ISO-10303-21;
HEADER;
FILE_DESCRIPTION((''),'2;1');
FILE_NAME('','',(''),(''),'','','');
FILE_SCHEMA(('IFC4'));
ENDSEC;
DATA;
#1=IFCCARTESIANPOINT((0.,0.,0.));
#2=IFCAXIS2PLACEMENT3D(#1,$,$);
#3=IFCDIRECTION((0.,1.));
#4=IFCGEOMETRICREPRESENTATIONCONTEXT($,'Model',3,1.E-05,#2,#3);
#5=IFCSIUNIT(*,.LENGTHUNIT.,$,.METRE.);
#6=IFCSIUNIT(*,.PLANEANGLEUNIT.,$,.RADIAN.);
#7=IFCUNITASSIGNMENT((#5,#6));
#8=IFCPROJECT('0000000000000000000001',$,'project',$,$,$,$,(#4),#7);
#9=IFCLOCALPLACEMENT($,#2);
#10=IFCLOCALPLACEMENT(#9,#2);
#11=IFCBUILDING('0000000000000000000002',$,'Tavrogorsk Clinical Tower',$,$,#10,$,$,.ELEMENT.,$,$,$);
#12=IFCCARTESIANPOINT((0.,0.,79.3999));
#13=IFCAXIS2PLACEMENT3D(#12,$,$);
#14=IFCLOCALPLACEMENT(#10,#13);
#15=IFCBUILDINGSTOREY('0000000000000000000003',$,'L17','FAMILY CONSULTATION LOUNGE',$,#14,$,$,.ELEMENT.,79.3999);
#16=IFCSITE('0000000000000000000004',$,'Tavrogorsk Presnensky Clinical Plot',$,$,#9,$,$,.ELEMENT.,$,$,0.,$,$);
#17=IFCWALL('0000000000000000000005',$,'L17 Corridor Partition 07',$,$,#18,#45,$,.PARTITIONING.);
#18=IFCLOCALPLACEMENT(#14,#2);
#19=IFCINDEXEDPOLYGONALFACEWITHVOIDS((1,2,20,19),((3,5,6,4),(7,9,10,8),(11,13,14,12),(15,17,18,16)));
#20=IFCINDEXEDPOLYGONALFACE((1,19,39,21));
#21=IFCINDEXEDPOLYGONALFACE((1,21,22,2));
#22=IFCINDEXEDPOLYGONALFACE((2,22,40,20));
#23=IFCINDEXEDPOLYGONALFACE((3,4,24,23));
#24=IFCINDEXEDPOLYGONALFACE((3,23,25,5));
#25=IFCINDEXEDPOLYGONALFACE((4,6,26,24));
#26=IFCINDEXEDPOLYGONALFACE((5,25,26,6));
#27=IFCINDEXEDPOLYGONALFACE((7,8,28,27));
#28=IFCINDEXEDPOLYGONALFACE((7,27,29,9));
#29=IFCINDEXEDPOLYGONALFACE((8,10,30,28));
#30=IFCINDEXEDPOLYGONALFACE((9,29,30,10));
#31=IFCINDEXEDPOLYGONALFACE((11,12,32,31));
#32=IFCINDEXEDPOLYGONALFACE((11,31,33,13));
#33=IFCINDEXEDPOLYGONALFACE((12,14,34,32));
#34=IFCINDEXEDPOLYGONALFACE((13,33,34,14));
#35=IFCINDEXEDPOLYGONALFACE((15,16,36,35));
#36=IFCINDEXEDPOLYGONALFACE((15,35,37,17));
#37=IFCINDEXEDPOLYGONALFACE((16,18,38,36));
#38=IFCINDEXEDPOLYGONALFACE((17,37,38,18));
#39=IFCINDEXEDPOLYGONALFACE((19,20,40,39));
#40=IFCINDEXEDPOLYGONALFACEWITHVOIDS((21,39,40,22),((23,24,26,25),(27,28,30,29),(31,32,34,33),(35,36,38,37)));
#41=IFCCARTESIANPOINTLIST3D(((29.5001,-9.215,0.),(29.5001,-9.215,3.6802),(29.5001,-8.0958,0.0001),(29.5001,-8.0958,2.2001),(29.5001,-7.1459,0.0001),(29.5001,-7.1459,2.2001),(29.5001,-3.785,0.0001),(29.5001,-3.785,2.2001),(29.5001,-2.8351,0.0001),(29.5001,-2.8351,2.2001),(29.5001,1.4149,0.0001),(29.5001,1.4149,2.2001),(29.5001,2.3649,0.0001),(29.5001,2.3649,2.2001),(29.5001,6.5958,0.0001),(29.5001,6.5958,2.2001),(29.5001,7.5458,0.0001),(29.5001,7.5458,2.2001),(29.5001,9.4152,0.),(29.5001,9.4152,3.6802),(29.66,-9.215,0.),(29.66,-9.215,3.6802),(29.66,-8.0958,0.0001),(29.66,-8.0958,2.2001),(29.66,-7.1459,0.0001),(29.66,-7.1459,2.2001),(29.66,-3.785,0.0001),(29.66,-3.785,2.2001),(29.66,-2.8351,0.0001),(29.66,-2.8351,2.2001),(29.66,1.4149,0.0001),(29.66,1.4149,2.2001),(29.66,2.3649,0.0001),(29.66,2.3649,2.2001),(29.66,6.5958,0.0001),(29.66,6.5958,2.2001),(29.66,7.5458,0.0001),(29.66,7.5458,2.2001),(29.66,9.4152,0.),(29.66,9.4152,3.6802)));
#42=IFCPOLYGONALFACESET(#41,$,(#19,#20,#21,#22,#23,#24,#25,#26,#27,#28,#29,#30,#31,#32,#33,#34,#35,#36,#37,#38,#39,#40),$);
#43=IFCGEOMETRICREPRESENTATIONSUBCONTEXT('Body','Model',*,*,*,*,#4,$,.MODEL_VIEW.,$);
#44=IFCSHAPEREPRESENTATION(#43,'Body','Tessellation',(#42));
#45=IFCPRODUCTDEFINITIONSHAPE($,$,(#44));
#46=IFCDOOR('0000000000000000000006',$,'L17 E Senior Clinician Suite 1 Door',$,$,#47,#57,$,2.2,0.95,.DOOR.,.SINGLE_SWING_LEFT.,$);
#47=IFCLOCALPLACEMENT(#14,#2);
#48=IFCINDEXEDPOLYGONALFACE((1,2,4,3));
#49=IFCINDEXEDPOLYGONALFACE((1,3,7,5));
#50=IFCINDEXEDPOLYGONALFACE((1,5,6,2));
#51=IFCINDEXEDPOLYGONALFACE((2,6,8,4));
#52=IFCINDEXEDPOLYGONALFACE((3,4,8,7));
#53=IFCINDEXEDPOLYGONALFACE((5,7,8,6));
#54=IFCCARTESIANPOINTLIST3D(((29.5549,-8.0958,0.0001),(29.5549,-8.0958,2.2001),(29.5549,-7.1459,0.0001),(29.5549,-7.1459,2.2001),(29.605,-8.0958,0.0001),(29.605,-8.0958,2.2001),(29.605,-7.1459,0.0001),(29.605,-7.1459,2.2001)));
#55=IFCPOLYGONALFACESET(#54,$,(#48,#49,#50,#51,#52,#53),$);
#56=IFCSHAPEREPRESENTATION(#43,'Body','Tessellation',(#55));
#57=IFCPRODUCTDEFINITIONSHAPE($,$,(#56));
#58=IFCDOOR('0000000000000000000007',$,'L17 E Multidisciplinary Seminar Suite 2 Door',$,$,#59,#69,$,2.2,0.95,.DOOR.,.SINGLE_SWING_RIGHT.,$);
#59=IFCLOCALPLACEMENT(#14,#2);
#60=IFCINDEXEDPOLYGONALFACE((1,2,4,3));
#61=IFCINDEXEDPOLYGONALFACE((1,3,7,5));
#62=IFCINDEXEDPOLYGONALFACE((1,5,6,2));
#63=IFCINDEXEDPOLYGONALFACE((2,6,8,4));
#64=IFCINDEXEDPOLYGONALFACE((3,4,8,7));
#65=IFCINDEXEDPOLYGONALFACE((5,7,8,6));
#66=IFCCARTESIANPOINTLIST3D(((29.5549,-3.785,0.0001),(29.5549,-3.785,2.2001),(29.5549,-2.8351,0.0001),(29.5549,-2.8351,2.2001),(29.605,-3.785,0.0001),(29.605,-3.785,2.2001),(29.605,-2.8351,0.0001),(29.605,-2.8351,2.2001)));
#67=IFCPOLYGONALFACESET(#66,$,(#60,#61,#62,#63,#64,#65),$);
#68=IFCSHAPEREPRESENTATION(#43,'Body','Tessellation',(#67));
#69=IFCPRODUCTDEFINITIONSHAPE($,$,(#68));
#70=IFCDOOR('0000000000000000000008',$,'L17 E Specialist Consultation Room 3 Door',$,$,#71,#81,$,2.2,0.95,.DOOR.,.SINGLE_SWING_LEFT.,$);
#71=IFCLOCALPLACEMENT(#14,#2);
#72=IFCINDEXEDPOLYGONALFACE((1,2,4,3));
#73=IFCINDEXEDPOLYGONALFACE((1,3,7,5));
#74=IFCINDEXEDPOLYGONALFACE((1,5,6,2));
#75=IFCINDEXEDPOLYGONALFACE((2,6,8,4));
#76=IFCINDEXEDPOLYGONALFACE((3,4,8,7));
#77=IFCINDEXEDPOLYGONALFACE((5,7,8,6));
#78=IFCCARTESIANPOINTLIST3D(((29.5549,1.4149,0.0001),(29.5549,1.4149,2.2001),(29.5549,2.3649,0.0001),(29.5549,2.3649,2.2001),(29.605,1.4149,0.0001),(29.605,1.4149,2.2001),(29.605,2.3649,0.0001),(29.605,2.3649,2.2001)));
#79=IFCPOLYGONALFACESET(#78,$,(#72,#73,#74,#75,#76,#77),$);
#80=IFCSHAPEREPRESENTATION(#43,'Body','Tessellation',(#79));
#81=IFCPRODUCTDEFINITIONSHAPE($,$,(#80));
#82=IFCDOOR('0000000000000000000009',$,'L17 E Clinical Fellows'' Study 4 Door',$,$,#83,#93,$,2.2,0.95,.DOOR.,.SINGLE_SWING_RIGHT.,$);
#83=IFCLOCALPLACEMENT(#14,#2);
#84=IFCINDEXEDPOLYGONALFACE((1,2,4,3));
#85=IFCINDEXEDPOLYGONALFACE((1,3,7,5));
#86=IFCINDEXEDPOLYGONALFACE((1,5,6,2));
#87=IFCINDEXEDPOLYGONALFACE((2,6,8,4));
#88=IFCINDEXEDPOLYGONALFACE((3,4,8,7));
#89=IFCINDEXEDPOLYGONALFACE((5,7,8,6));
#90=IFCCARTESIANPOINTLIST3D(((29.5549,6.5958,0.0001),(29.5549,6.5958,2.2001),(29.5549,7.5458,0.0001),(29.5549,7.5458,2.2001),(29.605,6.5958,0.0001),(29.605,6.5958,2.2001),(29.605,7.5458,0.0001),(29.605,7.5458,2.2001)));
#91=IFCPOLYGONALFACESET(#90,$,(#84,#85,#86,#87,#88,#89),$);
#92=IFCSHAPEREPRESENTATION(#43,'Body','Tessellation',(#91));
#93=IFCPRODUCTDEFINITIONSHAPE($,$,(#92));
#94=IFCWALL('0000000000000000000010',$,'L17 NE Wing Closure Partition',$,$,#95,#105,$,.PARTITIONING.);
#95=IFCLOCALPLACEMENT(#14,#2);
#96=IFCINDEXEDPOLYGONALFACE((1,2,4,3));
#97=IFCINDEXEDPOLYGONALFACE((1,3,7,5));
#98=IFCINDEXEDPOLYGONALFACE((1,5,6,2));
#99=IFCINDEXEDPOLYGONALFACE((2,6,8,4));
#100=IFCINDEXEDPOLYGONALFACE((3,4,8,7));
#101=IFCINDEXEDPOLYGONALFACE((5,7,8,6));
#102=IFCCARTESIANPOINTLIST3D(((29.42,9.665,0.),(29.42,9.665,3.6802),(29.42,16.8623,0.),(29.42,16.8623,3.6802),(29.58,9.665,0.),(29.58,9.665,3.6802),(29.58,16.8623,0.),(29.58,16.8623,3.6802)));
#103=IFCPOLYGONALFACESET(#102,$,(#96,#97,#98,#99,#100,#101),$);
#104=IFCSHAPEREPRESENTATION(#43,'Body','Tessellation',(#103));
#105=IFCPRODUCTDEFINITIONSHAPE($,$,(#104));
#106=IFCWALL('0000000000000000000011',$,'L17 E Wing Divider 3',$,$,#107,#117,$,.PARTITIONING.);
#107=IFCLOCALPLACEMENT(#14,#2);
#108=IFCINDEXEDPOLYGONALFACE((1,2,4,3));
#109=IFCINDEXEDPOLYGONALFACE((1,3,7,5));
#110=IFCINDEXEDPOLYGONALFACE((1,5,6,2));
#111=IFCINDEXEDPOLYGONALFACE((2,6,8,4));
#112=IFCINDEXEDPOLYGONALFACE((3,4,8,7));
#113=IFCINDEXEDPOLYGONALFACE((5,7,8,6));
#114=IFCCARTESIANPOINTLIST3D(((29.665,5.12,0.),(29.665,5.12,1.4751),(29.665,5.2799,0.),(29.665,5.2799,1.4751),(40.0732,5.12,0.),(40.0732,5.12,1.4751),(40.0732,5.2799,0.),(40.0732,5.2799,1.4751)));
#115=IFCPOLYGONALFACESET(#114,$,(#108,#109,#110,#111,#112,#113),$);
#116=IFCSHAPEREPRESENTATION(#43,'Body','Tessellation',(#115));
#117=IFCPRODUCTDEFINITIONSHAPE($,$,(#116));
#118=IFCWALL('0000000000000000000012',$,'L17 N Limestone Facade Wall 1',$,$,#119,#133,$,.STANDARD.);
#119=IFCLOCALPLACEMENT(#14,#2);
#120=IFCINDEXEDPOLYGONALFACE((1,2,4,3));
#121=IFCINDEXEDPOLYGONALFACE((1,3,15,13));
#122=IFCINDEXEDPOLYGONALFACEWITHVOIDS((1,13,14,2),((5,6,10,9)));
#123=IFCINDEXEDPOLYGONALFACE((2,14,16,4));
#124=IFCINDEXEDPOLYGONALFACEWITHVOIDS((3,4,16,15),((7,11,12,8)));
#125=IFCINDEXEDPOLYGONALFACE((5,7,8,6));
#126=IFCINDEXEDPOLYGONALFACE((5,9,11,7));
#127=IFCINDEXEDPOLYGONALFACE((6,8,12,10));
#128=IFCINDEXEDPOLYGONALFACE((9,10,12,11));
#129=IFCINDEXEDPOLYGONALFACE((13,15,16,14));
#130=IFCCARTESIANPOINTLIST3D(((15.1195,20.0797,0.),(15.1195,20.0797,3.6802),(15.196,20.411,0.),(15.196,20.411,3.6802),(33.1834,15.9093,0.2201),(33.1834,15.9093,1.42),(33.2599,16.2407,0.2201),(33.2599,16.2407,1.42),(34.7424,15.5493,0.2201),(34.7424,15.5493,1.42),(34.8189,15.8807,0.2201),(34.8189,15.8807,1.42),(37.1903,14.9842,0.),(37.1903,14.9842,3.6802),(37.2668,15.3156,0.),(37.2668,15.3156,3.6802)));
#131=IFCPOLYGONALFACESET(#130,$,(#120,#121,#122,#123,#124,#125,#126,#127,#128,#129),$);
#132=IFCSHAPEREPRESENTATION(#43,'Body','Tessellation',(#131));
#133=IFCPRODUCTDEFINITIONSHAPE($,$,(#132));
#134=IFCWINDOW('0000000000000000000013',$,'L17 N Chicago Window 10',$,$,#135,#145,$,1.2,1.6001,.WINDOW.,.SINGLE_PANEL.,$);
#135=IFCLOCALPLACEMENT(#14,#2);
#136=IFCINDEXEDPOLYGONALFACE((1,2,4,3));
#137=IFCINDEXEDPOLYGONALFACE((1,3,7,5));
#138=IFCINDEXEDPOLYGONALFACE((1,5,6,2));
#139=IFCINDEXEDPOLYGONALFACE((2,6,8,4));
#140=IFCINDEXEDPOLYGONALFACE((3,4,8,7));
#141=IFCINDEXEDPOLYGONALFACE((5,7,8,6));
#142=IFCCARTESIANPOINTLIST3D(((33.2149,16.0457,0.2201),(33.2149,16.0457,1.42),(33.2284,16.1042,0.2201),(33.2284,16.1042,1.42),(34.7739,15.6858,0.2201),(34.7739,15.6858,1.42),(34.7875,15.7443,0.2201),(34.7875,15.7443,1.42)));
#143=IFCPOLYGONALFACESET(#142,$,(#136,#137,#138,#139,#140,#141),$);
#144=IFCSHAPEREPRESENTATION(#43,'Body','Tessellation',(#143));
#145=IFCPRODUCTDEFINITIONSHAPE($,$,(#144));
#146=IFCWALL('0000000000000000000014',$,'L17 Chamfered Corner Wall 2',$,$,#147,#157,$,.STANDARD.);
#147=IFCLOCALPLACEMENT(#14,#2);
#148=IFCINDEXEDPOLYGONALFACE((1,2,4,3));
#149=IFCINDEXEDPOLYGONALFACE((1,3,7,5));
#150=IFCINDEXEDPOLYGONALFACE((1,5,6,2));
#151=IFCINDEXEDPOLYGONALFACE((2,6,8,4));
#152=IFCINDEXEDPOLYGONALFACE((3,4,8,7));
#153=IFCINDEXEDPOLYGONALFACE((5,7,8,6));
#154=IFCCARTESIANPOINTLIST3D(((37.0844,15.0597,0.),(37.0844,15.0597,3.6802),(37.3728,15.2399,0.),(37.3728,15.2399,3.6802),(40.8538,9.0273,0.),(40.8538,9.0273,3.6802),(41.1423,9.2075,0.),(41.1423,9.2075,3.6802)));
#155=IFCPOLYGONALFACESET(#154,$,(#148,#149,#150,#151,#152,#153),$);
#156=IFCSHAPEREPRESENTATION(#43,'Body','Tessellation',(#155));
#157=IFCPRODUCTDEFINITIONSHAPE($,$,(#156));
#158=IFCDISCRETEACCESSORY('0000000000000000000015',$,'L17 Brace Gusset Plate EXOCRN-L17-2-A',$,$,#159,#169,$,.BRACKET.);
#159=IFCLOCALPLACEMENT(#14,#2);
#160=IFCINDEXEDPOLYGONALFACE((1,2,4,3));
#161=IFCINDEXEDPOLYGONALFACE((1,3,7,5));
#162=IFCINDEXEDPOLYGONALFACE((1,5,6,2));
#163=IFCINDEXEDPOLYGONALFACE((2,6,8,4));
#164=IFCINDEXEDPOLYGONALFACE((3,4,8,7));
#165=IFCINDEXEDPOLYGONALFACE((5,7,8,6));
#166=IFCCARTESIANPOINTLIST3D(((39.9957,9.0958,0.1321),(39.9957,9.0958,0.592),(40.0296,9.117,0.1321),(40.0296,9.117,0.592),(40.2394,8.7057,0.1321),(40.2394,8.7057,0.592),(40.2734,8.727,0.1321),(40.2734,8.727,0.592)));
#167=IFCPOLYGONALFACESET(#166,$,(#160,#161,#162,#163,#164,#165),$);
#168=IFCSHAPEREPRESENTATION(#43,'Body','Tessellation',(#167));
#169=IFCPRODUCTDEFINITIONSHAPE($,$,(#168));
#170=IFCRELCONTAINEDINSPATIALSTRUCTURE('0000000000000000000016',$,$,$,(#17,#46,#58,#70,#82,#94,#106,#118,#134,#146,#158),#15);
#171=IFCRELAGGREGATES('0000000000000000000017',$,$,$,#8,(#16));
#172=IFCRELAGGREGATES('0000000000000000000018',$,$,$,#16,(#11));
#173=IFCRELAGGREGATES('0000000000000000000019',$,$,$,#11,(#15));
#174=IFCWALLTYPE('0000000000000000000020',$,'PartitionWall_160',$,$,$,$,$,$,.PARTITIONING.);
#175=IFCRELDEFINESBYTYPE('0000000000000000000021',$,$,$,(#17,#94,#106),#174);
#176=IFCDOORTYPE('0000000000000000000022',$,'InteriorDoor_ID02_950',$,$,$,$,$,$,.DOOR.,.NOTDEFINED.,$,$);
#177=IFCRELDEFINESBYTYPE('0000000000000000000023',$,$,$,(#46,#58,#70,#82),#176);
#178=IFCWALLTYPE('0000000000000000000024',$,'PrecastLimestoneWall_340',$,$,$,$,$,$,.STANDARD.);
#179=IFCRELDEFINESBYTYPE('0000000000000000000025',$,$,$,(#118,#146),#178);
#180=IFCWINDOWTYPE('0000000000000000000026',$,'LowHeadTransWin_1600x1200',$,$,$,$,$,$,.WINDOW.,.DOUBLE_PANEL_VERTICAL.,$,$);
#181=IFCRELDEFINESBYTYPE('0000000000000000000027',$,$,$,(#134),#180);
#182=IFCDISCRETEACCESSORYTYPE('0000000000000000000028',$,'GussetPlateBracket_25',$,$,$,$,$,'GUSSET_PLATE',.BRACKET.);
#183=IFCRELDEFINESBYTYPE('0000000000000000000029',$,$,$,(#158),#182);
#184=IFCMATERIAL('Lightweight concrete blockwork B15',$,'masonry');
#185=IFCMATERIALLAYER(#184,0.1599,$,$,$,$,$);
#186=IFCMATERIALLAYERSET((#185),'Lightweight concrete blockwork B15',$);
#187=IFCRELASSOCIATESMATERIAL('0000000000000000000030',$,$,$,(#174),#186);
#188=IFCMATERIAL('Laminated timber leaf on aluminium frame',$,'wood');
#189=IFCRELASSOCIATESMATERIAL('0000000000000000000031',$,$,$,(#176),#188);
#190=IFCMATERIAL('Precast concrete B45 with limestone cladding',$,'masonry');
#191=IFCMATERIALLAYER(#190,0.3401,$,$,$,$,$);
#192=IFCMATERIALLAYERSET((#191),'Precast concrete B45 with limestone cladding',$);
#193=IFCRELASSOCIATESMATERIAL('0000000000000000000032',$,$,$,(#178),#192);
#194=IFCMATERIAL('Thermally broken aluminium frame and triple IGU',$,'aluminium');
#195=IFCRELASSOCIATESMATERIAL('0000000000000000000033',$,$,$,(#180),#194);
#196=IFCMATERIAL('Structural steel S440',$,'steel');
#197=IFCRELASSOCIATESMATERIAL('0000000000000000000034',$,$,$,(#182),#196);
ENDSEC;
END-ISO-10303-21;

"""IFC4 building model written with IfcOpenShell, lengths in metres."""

from ifc_helpers import new_model, si_unit, direction, frame, frame_2d, origin, origin_2d, place, context, subcontext, project, spatial, rectangle, extrude, material, layer, layer_set, type_object, element, fill, save


model = new_model("IFC4")

# Units and contexts
model_context = context("Model", 3, precision=1e-05, world=origin(), true_north=direction((0.0, 1.0)))
body_context = subcontext(model_context, "Body", "Model", "MODEL_VIEW")
ifc_project = project(units=[si_unit("LENGTHUNIT", "METRE"), si_unit("PLANEANGLEUNIT", "RADIAN")], contexts=[model_context])

# Site, building, storey
site_placement = place(None, origin())
site = spatial("IfcSite", under=ifc_project, at=site_placement, Name="Tavrogorsk Presnensky Clinical Plot", CompositionType="ELEMENT", RefElevation=0.0)
building_placement = place(site_placement, origin())
building = spatial("IfcBuilding", under=site, at=building_placement, Name="Tavrogorsk Clinical Tower", CompositionType="ELEMENT")
storey_placement = place(building_placement, frame((0.0, 0.0, 79.3999)))
storey = spatial("IfcBuildingStorey", under=building, at=storey_placement, Name="L17", Description="FAMILY CONSULTATION LOUNGE", CompositionType="ELEMENT", Elevation=79.3999)

# Shared definitions
ifc_material_1 = material(Name="Lightweight concrete blockwork B15", Category="masonry")
ifc_layer_1 = layer(ifc_material_1, 0.1599)
ifc_layer_set_1 = layer_set([ifc_layer_1], Name="Lightweight concrete blockwork B15")
wall_type_1 = type_object("IfcWallType", Name="PartitionWall_160", PredefinedType="PARTITIONING", material=ifc_layer_set_1)

# Wall, openings, doors
wall_1_placement = place(storey_placement, frame((29.5801, 9.415, 0.0), z_axis=(0.0, 0.0, 1.0), x_axis=(0.0, -1.0, 0.0)))
wall_1 = element("IfcWall", 1, at=wall_1_placement, inside=storey, type_object=wall_type_1, Name="L17 Corridor Partition 07", PredefinedType="PARTITIONING", context=body_context, shape_type="SweptSolid", body=[
    extrude(rectangle(XDim=18.6301, YDim=0.1599, at=frame_2d((9.3149, 0.0))), origin(), (0.0, 0.0, 1.0), 3.6802),
])
opening_1_placement = place(wall_1_placement, frame((16.5608, 0.0, 0.0)))
opening_1 = element("IfcOpeningElement", 2, at=opening_1_placement, cuts=wall_1, PredefinedType="OPENING", context=body_context, shape_type="SweptSolid", body=[
    extrude(rectangle(XDim=0.95, YDim=2.2, at=frame_2d((0.4751, 1.1001))), frame((0.0, 0.0898, 0.0), z_axis=(0.0, -1.0, 0.0), x_axis=(1.0, 0.0, 0.0)), (0.0, 0.0, 1.0), 0.1799),
])
opening_2_placement = place(wall_1_placement, frame((12.25, 0.0, 0.0)))
opening_2 = element("IfcOpeningElement", 3, at=opening_2_placement, cuts=wall_1, PredefinedType="OPENING", context=body_context, shape_type="SweptSolid", body=[
    extrude(rectangle(XDim=0.95, YDim=2.2, at=frame_2d((0.4751, 1.1001))), frame((0.0, 0.0898, 0.0), z_axis=(0.0, -1.0, 0.0), x_axis=(1.0, 0.0, 0.0)), (0.0, 0.0, 1.0), 0.1799),
])
opening_3_placement = place(wall_1_placement, frame((7.05, 0.0, 0.0)))
opening_3 = element("IfcOpeningElement", 4, at=opening_3_placement, cuts=wall_1, PredefinedType="OPENING", context=body_context, shape_type="SweptSolid", body=[
    extrude(rectangle(XDim=0.95, YDim=2.2, at=frame_2d((0.4751, 1.1001))), frame((0.0, 0.0898, 0.0), z_axis=(0.0, -1.0, 0.0), x_axis=(1.0, 0.0, 0.0)), (0.0, 0.0, 1.0), 0.1799),
])
opening_4_placement = place(wall_1_placement, frame((1.8691, 0.0, 0.0)))
opening_4 = element("IfcOpeningElement", 5, at=opening_4_placement, cuts=wall_1, PredefinedType="OPENING", context=body_context, shape_type="SweptSolid", body=[
    extrude(rectangle(XDim=0.95, YDim=2.2, at=frame_2d((0.4751, 1.1001))), frame((0.0, 0.0898, 0.0), z_axis=(0.0, -1.0, 0.0), x_axis=(1.0, 0.0, 0.0)), (0.0, 0.0, 1.0), 0.1799),
])
ifc_material_2 = material(Name="Laminated timber leaf on aluminium frame", Category="wood")
door_type = type_object("IfcDoorType", Name="InteriorDoor_ID02_950", OperationType="NOTDEFINED", PredefinedType="DOOR", material=ifc_material_2)
door_1_placement = place(opening_1_placement, origin())
door_1 = element("IfcDoor", 6, at=door_1_placement, inside=storey, type_object=door_type, Name="L17 E Senior Clinician Suite 1 Door", OperationType="SINGLE_SWING_LEFT", OverallHeight=2.2, OverallWidth=0.95, PredefinedType="DOOR", context=body_context, shape_type="SweptSolid", body=[
    extrude(rectangle(XDim=0.95, YDim=2.2, at=frame_2d((0.4751, 1.1001))), frame((0.0, 0.0249, 0.0), z_axis=(0.0, -1.0, 0.0), x_axis=(1.0, 0.0, 0.0)), (0.0, 0.0, 1.0), 0.05),
])
fill(opening_1, door_1)
door_2_placement = place(opening_2_placement, origin())
door_2 = element("IfcDoor", 7, at=door_2_placement, inside=storey, type_object=door_type, Name="L17 E Multidisciplinary Seminar Suite 2 Door", OperationType="SINGLE_SWING_RIGHT", OverallHeight=2.2, OverallWidth=0.95, PredefinedType="DOOR", context=body_context, shape_type="SweptSolid", body=[
    extrude(rectangle(XDim=0.95, YDim=2.2, at=frame_2d((0.4751, 1.1001))), frame((0.0, 0.0249, 0.0), z_axis=(0.0, -1.0, 0.0), x_axis=(1.0, 0.0, 0.0)), (0.0, 0.0, 1.0), 0.05),
])
fill(opening_2, door_2)
door_3_placement = place(opening_3_placement, origin())
door_3 = element("IfcDoor", 8, at=door_3_placement, inside=storey, type_object=door_type, Name="L17 E Specialist Consultation Room 3 Door", OperationType="SINGLE_SWING_LEFT", OverallHeight=2.2, OverallWidth=0.95, PredefinedType="DOOR", context=body_context, shape_type="SweptSolid", body=[
    extrude(rectangle(XDim=0.95, YDim=2.2, at=frame_2d((0.4751, 1.1001))), frame((0.0, 0.0249, 0.0), z_axis=(0.0, -1.0, 0.0), x_axis=(1.0, 0.0, 0.0)), (0.0, 0.0, 1.0), 0.05),
])
fill(opening_3, door_3)
door_4_placement = place(opening_4_placement, origin())
door_4 = element("IfcDoor", 9, at=door_4_placement, inside=storey, type_object=door_type, Name="L17 E Clinical Fellows' Study 4 Door", OperationType="SINGLE_SWING_RIGHT", OverallHeight=2.2, OverallWidth=0.95, PredefinedType="DOOR", context=body_context, shape_type="SweptSolid", body=[
    extrude(rectangle(XDim=0.95, YDim=2.2, at=frame_2d((0.4751, 1.1001))), frame((0.0, 0.0249, 0.0), z_axis=(0.0, -1.0, 0.0), x_axis=(1.0, 0.0, 0.0)), (0.0, 0.0, 1.0), 0.05),
])
fill(opening_4, door_4)

# Walls
wall_2_placement = place(storey_placement, frame((29.5, 9.665, 0.0), z_axis=(0.0, 0.0, 1.0), x_axis=(0.0, 1.0, 0.0)))
element("IfcWall", 10, at=wall_2_placement, inside=storey, type_object=wall_type_1, Name="L17 NE Wing Closure Partition", PredefinedType="PARTITIONING", context=body_context, shape_type="SweptSolid", body=[
    extrude(rectangle(XDim=7.1973, YDim=0.1599, at=frame_2d((3.5986, 0.0))), origin(), (0.0, 0.0, 1.0), 3.6802),
])
wall_3_placement = place(storey_placement, frame((29.665, 5.2, 0.0), z_axis=(0.0, 0.0, 1.0), x_axis=(1.0, 0.0, 0.0)))
element("IfcWall", 11, at=wall_3_placement, inside=storey, type_object=wall_type_1, Name="L17 E Wing Divider 3", PredefinedType="PARTITIONING", context=body_context, shape_type="SweptSolid", body=[
    extrude(rectangle(XDim=10.4082, YDim=0.1599, at=frame_2d((5.2041, 0.0))), origin(), (0.0, 0.0, 1.0), 1.4751),
])

# Wall, opening, window
ifc_material_3 = material(Name="Precast concrete B45 with limestone cladding", Category="masonry")
ifc_layer_2 = layer(ifc_material_3, 0.3401)
ifc_layer_set_2 = layer_set([ifc_layer_2], Name="Precast concrete B45 with limestone cladding")
wall_type_2 = type_object("IfcWallType", Name="PrecastLimestoneWall_340", PredefinedType="STANDARD", material=ifc_layer_set_2)
wall_4_placement = place(storey_placement, frame((37.2285, 15.1499, 0.0), z_axis=(0.0, 0.0, 1.0), x_axis=(-0.97437, 0.224952, 0.0)))
wall_4 = element("IfcWall", 12, at=wall_4_placement, inside=storey, type_object=wall_type_2, Name="L17 N Limestone Facade Wall 1", PredefinedType="STANDARD", context=body_context, shape_type="SweptSolid", body=[
    extrude(rectangle(XDim=22.6514, YDim=0.3401, at=frame_2d((11.3257, 0.0))), origin(), (0.0, 0.0, 1.0), 3.6802),
])
opening_5_placement = place(wall_4_placement, frame((2.5122, 0.0, 0.22)))
opening_5 = element("IfcOpeningElement", 13, at=opening_5_placement, cuts=wall_4, PredefinedType="OPENING", context=body_context, shape_type="SweptSolid", body=[
    extrude(rectangle(XDim=1.6001, YDim=1.2, at=frame_2d((0.8, 0.6001))), frame((0.0, 0.1799, 0.0), z_axis=(0.0, -1.0, 0.0), x_axis=(1.0, 0.0, 0.0)), (0.0, 0.0, 1.0), 0.3601),
])
ifc_material_4 = material(Name="Thermally broken aluminium frame and triple IGU", Category="aluminium")
window_type = type_object("IfcWindowType", Name="LowHeadTransWin_1600x1200", PartitioningType="DOUBLE_PANEL_VERTICAL", PredefinedType="WINDOW", material=ifc_material_4)
window_placement = place(opening_5_placement, origin())
window = element("IfcWindow", 14, at=window_placement, inside=storey, type_object=window_type, Name="L17 N Chicago Window 10", OverallHeight=1.2, OverallWidth=1.6001, PartitioningType="SINGLE_PANEL", PredefinedType="WINDOW", context=body_context, shape_type="SweptSolid", body=[
    extrude(rectangle(XDim=1.6001, YDim=1.2, at=frame_2d((0.8, 0.6001))), frame((0.0, 0.03, 0.0), z_axis=(0.0, -1.0, 0.0), x_axis=(1.0, 0.0, 0.0)), (0.0, 0.0, 1.0), 0.0601),
])
fill(opening_5, window)

# Wall
wall_5_placement = place(storey_placement, frame((40.998, 9.1174, 0.0), z_axis=(0.0, 0.0, 1.0), x_axis=(-0.529922, 0.848047, 0.0)))
element("IfcWall", 15, at=wall_5_placement, inside=storey, type_object=wall_type_2, Name="L17 Chamfered Corner Wall 2", PredefinedType="STANDARD", context=body_context, shape_type="SweptSolid", body=[
    extrude(rectangle(XDim=7.1133, YDim=0.3401, at=frame_2d((3.5566, 0.0))), origin(), (0.0, 0.0, 1.0), 3.6802),
])

# Discrete accessory
ifc_material_5 = material(Name="Structural steel S440", Category="steel")
discrete_accessory_type = type_object("IfcDiscreteAccessoryType", Name="GussetPlateBracket_25", ElementType="GUSSET_PLATE", PredefinedType="BRACKET", material=ifc_material_5)
for number, where, z_axis, x_axis, name in (
    (16, (40.1345, 8.9114, 0.1321), (0.0, 0.0, 1.0), (-0.529919, 0.848048, 0.0), "L17 Brace Gusset Plate EXOCRN-L17-2-A"),
):
    element("IfcDiscreteAccessory", number, at=place(storey_placement, frame(where, z_axis=z_axis, x_axis=x_axis)), inside=storey, type_object=discrete_accessory_type, Name=name, PredefinedType="BRACKET", context=body_context, shape_type="SweptSolid", body=[
        extrude(rectangle(XDim=0.46, YDim=0.04, at=origin_2d()), origin(), (0.0, 0.0, 1.0), 0.46),
    ])

save(model, "model.ifc")
